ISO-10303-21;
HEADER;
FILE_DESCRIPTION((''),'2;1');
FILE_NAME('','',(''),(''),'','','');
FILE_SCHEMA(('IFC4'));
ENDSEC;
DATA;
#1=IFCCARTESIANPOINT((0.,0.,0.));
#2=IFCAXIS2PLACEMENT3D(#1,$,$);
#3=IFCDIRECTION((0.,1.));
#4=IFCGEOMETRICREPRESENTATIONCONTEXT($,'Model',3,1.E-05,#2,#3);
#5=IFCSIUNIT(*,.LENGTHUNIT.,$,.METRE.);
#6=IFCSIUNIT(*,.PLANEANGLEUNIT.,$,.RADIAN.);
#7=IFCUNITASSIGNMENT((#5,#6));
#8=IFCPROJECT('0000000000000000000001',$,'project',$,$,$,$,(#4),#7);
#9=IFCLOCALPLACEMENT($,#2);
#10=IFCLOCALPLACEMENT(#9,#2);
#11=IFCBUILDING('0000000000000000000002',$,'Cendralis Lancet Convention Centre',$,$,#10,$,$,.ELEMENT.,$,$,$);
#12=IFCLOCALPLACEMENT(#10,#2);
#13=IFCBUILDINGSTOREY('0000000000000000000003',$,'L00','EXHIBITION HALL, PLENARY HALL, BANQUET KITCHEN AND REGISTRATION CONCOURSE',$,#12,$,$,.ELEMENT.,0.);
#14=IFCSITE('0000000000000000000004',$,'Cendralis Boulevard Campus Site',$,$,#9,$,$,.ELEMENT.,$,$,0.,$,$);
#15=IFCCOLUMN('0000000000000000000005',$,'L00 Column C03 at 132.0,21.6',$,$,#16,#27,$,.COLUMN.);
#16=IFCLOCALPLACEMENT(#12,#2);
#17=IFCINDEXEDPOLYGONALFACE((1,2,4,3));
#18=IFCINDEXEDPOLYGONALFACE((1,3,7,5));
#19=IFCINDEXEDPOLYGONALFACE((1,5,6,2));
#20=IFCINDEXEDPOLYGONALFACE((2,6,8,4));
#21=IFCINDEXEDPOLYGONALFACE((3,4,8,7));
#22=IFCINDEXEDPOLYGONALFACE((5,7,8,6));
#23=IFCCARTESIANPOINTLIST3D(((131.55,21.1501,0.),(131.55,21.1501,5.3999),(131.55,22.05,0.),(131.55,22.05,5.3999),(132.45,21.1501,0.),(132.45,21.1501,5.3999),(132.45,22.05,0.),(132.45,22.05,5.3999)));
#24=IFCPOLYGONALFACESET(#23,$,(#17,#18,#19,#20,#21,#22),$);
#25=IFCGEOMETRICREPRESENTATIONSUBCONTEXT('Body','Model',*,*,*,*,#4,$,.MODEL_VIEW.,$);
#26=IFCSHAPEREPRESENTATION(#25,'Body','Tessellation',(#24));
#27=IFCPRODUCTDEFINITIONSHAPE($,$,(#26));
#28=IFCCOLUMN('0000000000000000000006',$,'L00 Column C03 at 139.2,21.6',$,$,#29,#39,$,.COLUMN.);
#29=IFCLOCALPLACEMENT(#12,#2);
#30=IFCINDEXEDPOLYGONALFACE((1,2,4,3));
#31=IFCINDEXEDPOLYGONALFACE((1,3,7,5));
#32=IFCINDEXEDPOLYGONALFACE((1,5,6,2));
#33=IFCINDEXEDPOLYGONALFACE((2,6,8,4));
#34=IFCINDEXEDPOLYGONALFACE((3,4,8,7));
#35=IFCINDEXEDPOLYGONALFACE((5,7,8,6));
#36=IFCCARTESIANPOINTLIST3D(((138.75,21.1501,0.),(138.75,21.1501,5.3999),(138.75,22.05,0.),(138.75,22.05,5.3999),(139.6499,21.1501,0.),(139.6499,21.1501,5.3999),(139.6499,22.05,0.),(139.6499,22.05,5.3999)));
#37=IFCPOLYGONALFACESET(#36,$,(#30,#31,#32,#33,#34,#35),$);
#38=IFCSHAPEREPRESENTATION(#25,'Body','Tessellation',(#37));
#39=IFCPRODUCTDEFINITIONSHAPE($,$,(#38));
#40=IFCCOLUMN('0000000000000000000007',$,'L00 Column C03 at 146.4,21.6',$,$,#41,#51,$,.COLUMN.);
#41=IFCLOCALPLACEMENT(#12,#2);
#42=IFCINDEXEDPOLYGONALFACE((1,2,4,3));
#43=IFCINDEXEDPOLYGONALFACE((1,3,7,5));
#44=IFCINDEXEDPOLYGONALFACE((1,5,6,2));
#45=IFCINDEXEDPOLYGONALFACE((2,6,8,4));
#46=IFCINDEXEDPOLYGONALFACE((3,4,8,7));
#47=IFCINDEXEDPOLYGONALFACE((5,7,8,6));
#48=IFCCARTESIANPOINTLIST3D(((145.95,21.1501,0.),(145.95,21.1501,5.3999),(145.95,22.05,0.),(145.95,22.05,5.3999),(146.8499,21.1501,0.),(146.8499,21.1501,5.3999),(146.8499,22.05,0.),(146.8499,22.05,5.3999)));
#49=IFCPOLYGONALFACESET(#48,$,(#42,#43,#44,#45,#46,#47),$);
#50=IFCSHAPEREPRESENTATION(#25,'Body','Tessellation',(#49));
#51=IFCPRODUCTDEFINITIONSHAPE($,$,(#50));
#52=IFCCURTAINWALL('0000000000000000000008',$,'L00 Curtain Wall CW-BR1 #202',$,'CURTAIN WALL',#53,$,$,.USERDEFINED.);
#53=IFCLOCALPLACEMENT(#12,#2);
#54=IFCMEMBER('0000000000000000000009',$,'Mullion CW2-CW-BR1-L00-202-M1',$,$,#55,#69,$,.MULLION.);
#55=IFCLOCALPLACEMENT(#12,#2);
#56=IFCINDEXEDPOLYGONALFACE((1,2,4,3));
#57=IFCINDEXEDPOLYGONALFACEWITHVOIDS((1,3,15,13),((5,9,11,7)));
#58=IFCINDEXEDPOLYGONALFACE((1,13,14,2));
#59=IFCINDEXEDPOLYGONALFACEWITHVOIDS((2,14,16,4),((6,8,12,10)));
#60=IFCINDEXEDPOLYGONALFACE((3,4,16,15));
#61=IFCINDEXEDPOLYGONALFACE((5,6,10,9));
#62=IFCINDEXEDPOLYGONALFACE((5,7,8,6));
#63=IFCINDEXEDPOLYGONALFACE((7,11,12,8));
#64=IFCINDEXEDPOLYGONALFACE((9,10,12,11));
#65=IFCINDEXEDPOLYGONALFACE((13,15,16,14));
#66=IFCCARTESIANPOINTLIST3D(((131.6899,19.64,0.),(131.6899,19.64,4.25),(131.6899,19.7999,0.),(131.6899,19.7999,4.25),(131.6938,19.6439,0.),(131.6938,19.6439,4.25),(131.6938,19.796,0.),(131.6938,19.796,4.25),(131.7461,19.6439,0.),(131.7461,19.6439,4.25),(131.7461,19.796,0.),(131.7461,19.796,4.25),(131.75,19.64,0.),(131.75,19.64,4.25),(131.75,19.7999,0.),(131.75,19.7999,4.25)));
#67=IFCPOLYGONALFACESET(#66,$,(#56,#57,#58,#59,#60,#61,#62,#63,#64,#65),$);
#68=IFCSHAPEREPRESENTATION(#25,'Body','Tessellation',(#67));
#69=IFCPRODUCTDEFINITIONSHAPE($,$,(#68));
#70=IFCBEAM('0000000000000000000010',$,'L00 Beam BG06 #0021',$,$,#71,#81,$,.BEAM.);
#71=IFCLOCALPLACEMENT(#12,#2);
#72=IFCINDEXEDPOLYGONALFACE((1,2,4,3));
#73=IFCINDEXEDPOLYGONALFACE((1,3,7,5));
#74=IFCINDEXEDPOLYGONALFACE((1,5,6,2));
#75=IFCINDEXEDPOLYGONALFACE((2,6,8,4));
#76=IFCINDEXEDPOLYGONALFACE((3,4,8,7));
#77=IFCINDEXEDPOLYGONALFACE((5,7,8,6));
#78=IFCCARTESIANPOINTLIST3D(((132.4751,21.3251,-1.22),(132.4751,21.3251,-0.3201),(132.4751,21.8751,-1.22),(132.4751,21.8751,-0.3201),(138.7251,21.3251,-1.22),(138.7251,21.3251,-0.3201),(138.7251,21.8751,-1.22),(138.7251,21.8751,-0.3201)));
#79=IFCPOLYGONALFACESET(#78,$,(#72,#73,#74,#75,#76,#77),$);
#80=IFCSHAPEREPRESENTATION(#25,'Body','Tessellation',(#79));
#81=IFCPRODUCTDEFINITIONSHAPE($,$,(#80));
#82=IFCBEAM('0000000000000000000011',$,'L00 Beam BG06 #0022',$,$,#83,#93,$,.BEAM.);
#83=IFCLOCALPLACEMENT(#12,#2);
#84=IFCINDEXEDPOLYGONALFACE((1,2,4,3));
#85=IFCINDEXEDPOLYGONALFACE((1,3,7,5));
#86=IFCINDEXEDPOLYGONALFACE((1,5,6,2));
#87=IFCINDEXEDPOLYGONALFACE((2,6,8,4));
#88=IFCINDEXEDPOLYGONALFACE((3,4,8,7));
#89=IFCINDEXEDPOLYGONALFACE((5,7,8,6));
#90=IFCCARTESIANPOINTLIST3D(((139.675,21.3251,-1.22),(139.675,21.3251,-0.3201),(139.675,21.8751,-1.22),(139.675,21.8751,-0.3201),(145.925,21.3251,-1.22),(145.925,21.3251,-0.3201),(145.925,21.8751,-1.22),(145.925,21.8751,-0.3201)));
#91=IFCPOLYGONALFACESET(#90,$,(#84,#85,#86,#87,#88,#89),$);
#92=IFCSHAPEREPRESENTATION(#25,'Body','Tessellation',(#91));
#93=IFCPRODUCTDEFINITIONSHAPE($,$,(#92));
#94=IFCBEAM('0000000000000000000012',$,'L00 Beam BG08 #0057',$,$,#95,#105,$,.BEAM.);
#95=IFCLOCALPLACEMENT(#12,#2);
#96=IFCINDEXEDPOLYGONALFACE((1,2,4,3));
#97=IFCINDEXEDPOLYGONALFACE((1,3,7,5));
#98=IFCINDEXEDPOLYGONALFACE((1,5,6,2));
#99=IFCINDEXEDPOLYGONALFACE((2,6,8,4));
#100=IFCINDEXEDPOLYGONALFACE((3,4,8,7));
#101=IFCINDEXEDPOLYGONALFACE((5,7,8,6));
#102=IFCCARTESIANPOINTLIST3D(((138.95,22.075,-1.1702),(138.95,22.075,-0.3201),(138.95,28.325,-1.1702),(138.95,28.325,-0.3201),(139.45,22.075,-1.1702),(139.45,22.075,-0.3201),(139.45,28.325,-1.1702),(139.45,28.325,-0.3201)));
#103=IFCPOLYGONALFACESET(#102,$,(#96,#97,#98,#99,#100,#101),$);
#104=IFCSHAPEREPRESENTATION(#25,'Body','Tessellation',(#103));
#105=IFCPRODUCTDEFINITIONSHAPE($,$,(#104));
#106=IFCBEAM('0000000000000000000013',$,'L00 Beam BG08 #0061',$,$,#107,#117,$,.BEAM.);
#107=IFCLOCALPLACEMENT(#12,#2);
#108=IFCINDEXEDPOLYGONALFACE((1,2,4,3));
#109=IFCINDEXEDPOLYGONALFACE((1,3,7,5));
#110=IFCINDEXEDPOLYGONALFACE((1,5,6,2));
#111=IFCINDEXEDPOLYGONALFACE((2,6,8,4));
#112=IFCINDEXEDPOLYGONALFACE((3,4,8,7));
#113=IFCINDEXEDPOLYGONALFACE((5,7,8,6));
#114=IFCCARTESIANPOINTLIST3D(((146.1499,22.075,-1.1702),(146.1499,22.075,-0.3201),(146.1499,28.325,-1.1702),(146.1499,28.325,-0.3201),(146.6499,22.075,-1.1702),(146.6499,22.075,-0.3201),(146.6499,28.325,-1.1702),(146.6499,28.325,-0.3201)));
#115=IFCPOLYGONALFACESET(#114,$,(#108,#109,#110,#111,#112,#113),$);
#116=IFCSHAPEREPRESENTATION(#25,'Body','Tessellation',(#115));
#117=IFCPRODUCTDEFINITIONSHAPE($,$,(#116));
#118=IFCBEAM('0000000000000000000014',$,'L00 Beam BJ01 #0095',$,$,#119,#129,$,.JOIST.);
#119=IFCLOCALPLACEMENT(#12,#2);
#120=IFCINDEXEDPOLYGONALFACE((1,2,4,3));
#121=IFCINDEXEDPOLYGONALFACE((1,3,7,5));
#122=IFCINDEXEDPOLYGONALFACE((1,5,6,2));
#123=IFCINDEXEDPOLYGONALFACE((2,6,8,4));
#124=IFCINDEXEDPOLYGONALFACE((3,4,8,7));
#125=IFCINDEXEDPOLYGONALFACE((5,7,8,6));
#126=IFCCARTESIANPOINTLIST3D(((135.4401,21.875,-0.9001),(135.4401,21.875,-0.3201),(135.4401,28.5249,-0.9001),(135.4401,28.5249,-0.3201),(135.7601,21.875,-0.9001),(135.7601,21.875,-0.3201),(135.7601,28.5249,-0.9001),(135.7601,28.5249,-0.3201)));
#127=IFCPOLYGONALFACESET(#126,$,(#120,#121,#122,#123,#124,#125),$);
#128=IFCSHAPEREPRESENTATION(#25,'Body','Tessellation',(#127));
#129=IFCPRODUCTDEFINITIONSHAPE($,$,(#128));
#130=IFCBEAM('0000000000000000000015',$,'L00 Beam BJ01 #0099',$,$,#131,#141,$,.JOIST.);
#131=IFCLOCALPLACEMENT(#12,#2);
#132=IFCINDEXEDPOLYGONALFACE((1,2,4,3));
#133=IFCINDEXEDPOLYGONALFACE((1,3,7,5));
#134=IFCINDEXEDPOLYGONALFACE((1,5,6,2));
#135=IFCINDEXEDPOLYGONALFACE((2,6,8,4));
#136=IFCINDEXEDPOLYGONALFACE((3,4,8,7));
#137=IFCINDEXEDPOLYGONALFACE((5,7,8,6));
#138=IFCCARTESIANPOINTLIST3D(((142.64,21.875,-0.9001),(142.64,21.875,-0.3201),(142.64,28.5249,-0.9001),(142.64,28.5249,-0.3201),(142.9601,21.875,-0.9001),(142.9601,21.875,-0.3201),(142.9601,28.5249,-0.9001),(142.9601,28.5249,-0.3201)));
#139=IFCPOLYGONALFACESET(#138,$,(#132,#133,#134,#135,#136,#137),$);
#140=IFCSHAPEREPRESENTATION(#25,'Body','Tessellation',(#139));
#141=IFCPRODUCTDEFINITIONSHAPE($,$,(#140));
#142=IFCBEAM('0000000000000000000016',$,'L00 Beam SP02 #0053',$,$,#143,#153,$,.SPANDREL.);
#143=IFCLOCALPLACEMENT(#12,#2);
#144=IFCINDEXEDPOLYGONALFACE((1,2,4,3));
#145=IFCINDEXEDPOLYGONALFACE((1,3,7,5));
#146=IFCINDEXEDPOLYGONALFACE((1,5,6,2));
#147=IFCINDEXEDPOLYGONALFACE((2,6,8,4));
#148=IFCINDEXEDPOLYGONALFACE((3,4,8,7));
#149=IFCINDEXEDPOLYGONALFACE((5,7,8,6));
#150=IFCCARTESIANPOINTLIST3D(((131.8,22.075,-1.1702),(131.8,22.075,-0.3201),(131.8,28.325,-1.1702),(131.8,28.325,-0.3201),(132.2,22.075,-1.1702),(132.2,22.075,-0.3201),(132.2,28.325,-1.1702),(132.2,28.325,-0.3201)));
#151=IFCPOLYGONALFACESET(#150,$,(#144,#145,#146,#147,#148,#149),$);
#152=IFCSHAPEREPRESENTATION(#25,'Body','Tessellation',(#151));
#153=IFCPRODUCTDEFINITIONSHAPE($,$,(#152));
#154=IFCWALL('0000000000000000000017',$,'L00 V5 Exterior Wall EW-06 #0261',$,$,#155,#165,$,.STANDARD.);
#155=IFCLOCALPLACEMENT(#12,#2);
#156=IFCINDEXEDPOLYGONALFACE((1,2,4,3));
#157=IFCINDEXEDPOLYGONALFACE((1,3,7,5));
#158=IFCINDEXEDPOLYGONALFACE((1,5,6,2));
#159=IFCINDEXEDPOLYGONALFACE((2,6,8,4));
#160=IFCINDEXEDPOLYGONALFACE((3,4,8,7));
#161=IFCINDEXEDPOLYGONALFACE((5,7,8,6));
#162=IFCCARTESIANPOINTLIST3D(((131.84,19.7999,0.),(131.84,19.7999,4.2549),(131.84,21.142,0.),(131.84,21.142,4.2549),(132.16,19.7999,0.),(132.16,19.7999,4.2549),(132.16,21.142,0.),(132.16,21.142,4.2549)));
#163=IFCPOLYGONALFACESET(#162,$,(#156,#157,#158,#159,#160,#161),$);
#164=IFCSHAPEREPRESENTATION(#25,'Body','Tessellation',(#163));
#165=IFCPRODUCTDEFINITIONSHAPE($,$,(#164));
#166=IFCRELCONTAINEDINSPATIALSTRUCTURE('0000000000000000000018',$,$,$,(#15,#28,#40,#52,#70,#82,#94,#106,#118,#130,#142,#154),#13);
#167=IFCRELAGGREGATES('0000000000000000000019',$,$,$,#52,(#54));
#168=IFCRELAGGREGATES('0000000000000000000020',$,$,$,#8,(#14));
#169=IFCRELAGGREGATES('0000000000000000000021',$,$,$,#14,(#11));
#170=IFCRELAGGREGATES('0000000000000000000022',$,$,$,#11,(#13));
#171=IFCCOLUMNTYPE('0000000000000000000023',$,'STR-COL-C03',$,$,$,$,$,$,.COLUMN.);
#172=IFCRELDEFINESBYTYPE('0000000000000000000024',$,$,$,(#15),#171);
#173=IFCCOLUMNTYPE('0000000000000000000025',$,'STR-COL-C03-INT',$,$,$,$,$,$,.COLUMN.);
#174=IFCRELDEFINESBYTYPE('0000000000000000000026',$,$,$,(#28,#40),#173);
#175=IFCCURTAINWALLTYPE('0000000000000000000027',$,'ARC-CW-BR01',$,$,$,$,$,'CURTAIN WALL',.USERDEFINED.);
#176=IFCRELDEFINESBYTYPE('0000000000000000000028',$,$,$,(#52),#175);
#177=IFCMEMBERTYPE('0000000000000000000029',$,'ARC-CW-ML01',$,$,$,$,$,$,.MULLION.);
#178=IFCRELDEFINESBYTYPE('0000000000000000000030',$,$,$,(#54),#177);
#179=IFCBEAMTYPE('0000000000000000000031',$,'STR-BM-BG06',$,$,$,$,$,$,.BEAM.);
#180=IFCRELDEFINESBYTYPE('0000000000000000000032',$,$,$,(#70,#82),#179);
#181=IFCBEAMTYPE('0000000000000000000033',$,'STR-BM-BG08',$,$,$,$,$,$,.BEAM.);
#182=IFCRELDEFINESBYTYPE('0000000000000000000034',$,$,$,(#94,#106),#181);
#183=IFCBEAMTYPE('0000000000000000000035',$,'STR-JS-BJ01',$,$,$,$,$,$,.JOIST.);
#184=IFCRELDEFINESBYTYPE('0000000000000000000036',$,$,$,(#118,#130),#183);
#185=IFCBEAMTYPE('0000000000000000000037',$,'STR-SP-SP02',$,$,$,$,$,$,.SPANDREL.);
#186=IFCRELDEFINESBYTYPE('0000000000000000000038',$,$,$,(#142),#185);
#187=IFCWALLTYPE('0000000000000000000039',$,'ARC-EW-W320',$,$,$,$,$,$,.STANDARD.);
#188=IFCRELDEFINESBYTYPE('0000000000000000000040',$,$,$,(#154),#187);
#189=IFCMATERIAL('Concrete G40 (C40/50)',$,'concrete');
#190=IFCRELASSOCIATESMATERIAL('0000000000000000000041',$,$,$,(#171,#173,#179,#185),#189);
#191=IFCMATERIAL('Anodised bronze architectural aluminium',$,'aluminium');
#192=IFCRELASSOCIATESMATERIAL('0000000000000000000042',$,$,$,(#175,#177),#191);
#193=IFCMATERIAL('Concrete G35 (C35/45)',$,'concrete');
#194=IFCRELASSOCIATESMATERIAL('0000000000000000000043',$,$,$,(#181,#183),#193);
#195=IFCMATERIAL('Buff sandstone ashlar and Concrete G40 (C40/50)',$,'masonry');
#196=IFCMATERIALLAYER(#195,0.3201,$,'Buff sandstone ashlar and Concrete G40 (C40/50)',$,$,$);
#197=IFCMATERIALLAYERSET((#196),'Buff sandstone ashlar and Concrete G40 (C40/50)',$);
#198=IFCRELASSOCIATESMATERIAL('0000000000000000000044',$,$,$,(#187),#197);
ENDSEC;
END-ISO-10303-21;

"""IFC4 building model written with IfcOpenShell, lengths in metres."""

from ifc_helpers import new_model, si_unit, direction, frame, frame_2d, origin, origin_2d, place, context, subcontext, project, spatial, rectangle, hollow_rectangle, extrude, material, layer, layer_set, material_profile, profile_set, type_object, element, aggregate, save


model = new_model("IFC4")

# Units and contexts
model_context = context("Model", 3, precision=1e-05, world=origin(), true_north=direction((0.0, 1.0)))
body_context = subcontext(model_context, "Body", "Model", "MODEL_VIEW")
ifc_project = project(units=[si_unit("LENGTHUNIT", "METRE"), si_unit("PLANEANGLEUNIT", "RADIAN")], contexts=[model_context])

# Site, building, storey
site_placement = place(None, origin())
site = spatial("IfcSite", under=ifc_project, at=site_placement, Name="Cendralis Boulevard Campus Site", CompositionType="ELEMENT", RefElevation=0.0)
building_placement = place(site_placement, origin())
building = spatial("IfcBuilding", under=site, at=building_placement, Name="Cendralis Lancet Convention Centre", CompositionType="ELEMENT")
storey_placement = place(building_placement, origin())
storey = spatial("IfcBuildingStorey", under=building, at=storey_placement, Name="L00", Description="EXHIBITION HALL, PLENARY HALL, BANQUET KITCHEN AND REGISTRATION CONCOURSE", CompositionType="ELEMENT", Elevation=0.0)

# Columns
ifc_material_1 = material(Name="Concrete G40 (C40/50)", Category="concrete")
ifc_material_profile_1 = material_profile(ifc_material_1, rectangle(XDim=0.8999, YDim=0.8999, at=origin_2d()), Name="RC 900x900")
ifc_profile_set_1 = profile_set([ifc_material_profile_1], Name="Concrete G40 (C40/50)")
column_type_1 = type_object("IfcColumnType", Name="STR-COL-C03", PredefinedType="COLUMN", material=ifc_profile_set_1)
column_placement = place(storey_placement, frame((132.0, 21.6001, 0.0), z_axis=(0.0, 0.0, 1.0), x_axis=(1.0, 0.0, 0.0)))
element("IfcColumn", 1, at=column_placement, inside=storey, type_object=column_type_1, Name="L00 Column C03 at 132.0,21.6", PredefinedType="COLUMN", context=body_context, shape_type="SweptSolid", body=[
    extrude(rectangle(XDim=0.8999, YDim=0.8999, at=origin_2d()), origin(), (0.0, 0.0, 1.0), 5.3999),
])
ifc_material_profile_2 = material_profile(ifc_material_1, rectangle(XDim=0.8999, YDim=0.8999, at=origin_2d()), Name="RC 900x900")
ifc_profile_set_2 = profile_set([ifc_material_profile_2], Name="Concrete G40 (C40/50)")
column_type_2 = type_object("IfcColumnType", Name="STR-COL-C03-INT", PredefinedType="COLUMN", material=ifc_profile_set_2)
for number, where, z_axis, x_axis, name in (
    (2, (139.2, 21.6001, 0.0), (0.0, 0.0, 1.0), (1.0, 0.0, 0.0), "L00 Column C03 at 139.2,21.6"),
    (3, (146.3999, 21.6001, 0.0), (0.0, 0.0, 1.0), (1.0, 0.0, 0.0), "L00 Column C03 at 146.4,21.6"),
):
    element("IfcColumn", number, at=place(storey_placement, frame(where, z_axis=z_axis, x_axis=x_axis)), inside=storey, type_object=column_type_2, Name=name, PredefinedType="COLUMN", context=body_context, shape_type="SweptSolid", body=[
        extrude(rectangle(XDim=0.8999, YDim=0.8999, at=origin_2d()), origin(), (0.0, 0.0, 1.0), 5.3999),
    ])

# Curtain wall, member
ifc_material_2 = material(Name="Anodised bronze architectural aluminium", Category="aluminium")
curtain_wall_type = type_object("IfcCurtainWallType", Name="ARC-CW-BR01", ElementType="CURTAIN WALL", PredefinedType="USERDEFINED", material=ifc_material_2)
curtain_wall_placement = place(storey_placement, origin())
curtain_wall = element("IfcCurtainWall", 4, at=curtain_wall_placement, inside=storey, type_object=curtain_wall_type, Name="L00 Curtain Wall CW-BR1 #202", ObjectType="CURTAIN WALL", PredefinedType="USERDEFINED")
ifc_material_profile_3 = material_profile(ifc_material_2, hollow_rectangle(XDim=0.0601, YDim=0.1599, WallThickness=0.0039, at=origin_2d()), Name="AL-MULL 60x160x4.0")
ifc_profile_set_3 = profile_set([ifc_material_profile_3], Name="Anodised bronze architectural aluminium")
member_type = type_object("IfcMemberType", Name="ARC-CW-ML01", PredefinedType="MULLION", material=ifc_profile_set_3)
member_placement = place(storey_placement, frame((131.72, 19.72, 0.0), z_axis=(0.0, 0.0, 1.0), x_axis=(1.0, 0.0, 0.0)))
member = element("IfcMember", 5, at=member_placement, type_object=member_type, Name="Mullion CW2-CW-BR1-L00-202-M1", PredefinedType="MULLION", context=body_context, shape_type="SweptSolid", body=[
    extrude(hollow_rectangle(XDim=0.0601, YDim=0.1599, WallThickness=0.0039, at=origin_2d()), origin(), (0.0, 0.0, 1.0), 4.25),
])
aggregate(curtain_wall, [member])

# Beams
ifc_material_profile_4 = material_profile(ifc_material_1, rectangle(XDim=0.55, YDim=0.8999, at=origin_2d()), Name="RCB 550x900")
ifc_profile_set_4 = profile_set([ifc_material_profile_4], Name="Concrete G40 (C40/50)")
beam_type_1 = type_object("IfcBeamType", Name="STR-BM-BG06", PredefinedType="BEAM", material=ifc_profile_set_4)
for number, where, z_axis, x_axis, name in (
    (6, (132.4751, 21.6001, -0.77), (1.0, 0.0, 0.0), (0.0, 1.0, 0.0), "L00 Beam BG06 #0021"),
    (7, (139.675, 21.6001, -0.77), (1.0, 0.0, 0.0), (0.0, 1.0, 0.0), "L00 Beam BG06 #0022"),
):
    element("IfcBeam", number, at=place(storey_placement, frame(where, z_axis=z_axis, x_axis=x_axis)), inside=storey, type_object=beam_type_1, Name=name, PredefinedType="BEAM", context=body_context, shape_type="SweptSolid", body=[
        extrude(rectangle(XDim=0.55, YDim=0.8999, at=origin_2d()), origin(), (0.0, 0.0, 1.0), 6.25),
    ])
ifc_material_3 = material(Name="Concrete G35 (C35/45)", Category="concrete")
ifc_material_profile_5 = material_profile(ifc_material_3, rectangle(XDim=0.5, YDim=0.8501, at=origin_2d()), Name="RCB 500x850")
ifc_profile_set_5 = profile_set([ifc_material_profile_5], Name="Concrete G35 (C35/45)")
beam_type_2 = type_object("IfcBeamType", Name="STR-BM-BG08", PredefinedType="BEAM", material=ifc_profile_set_5)
for number, where, z_axis, x_axis, name in (
    (8, (139.2, 22.075, -0.7451), (0.0, 1.0, 0.0), (-1.0, 0.0, 0.0), "L00 Beam BG08 #0057"),
    (9, (146.3999, 22.075, -0.7451), (0.0, 1.0, 0.0), (-1.0, 0.0, 0.0), "L00 Beam BG08 #0061"),
):
    element("IfcBeam", number, at=place(storey_placement, frame(where, z_axis=z_axis, x_axis=x_axis)), inside=storey, type_object=beam_type_2, Name=name, PredefinedType="BEAM", context=body_context, shape_type="SweptSolid", body=[
        extrude(rectangle(XDim=0.5, YDim=0.8501, at=origin_2d()), origin(), (0.0, 0.0, 1.0), 6.25),
    ])
ifc_material_profile_6 = material_profile(ifc_material_3, rectangle(XDim=0.3201, YDim=0.5801, at=origin_2d()), Name="RCB 320x580")
ifc_profile_set_6 = profile_set([ifc_material_profile_6], Name="Concrete G35 (C35/45)")
beam_type_3 = type_object("IfcBeamType", Name="STR-JS-BJ01", PredefinedType="JOIST", material=ifc_profile_set_6)
for number, where, z_axis, x_axis, name in (
    (10, (135.6001, 21.875, -0.6101), (0.0, 1.0, 0.0), (-1.0, 0.0, 0.0), "L00 Beam BJ01 #0095"),
    (11, (142.8, 21.875, -0.6101), (0.0, 1.0, 0.0), (-1.0, 0.0, 0.0), "L00 Beam BJ01 #0099"),
):
    element("IfcBeam", number, at=place(storey_placement, frame(where, z_axis=z_axis, x_axis=x_axis)), inside=storey, type_object=beam_type_3, Name=name, PredefinedType="JOIST", context=body_context, shape_type="SweptSolid", body=[
        extrude(rectangle(XDim=0.3201, YDim=0.5801, at=origin_2d()), origin(), (0.0, 0.0, 1.0), 6.6499),
    ])
ifc_material_profile_7 = material_profile(ifc_material_1, rectangle(XDim=0.3999, YDim=0.8501, at=origin_2d()), Name="RCB 400x850")
ifc_profile_set_7 = profile_set([ifc_material_profile_7], Name="Concrete G40 (C40/50)")
beam_type_4 = type_object("IfcBeamType", Name="STR-SP-SP02", PredefinedType="SPANDREL", material=ifc_profile_set_7)
beam_placement = place(storey_placement, frame((132.0, 22.075, -0.7451), z_axis=(0.0, 1.0, 0.0), x_axis=(-1.0, 0.0, 0.0)))
element("IfcBeam", 12, at=beam_placement, inside=storey, type_object=beam_type_4, Name="L00 Beam SP02 #0053", PredefinedType="SPANDREL", context=body_context, shape_type="SweptSolid", body=[
    extrude(rectangle(XDim=0.3999, YDim=0.8501, at=origin_2d()), origin(), (0.0, 0.0, 1.0), 6.25),
])

# Wall
ifc_material_4 = material(Name="Buff sandstone ashlar and Concrete G40 (C40/50)", Category="masonry")
ifc_layer = layer(ifc_material_4, 0.3201, Name="Buff sandstone ashlar and Concrete G40 (C40/50)")
ifc_layer_set = layer_set([ifc_layer], Name="Buff sandstone ashlar and Concrete G40 (C40/50)")
wall_type = type_object("IfcWallType", Name="ARC-EW-W320", PredefinedType="STANDARD", material=ifc_layer_set)
wall_1_placement = place(storey_placement, frame((132.0, 19.8, 0.0), z_axis=(0.0, 0.0, 1.0), x_axis=(0.0, 1.0, 0.0)))
element("IfcWall", 13, at=wall_1_placement, inside=storey, type_object=wall_type, Name="L00 V5 Exterior Wall EW-06 #0261", PredefinedType="STANDARD", context=body_context, shape_type="SweptSolid", body=[
    extrude(rectangle(XDim=1.342, YDim=0.3201, at=frame_2d((0.6709, 0.0))), origin(), (0.0, 0.0, 1.0), 4.2549),
])

save(model, "model.ifc")
